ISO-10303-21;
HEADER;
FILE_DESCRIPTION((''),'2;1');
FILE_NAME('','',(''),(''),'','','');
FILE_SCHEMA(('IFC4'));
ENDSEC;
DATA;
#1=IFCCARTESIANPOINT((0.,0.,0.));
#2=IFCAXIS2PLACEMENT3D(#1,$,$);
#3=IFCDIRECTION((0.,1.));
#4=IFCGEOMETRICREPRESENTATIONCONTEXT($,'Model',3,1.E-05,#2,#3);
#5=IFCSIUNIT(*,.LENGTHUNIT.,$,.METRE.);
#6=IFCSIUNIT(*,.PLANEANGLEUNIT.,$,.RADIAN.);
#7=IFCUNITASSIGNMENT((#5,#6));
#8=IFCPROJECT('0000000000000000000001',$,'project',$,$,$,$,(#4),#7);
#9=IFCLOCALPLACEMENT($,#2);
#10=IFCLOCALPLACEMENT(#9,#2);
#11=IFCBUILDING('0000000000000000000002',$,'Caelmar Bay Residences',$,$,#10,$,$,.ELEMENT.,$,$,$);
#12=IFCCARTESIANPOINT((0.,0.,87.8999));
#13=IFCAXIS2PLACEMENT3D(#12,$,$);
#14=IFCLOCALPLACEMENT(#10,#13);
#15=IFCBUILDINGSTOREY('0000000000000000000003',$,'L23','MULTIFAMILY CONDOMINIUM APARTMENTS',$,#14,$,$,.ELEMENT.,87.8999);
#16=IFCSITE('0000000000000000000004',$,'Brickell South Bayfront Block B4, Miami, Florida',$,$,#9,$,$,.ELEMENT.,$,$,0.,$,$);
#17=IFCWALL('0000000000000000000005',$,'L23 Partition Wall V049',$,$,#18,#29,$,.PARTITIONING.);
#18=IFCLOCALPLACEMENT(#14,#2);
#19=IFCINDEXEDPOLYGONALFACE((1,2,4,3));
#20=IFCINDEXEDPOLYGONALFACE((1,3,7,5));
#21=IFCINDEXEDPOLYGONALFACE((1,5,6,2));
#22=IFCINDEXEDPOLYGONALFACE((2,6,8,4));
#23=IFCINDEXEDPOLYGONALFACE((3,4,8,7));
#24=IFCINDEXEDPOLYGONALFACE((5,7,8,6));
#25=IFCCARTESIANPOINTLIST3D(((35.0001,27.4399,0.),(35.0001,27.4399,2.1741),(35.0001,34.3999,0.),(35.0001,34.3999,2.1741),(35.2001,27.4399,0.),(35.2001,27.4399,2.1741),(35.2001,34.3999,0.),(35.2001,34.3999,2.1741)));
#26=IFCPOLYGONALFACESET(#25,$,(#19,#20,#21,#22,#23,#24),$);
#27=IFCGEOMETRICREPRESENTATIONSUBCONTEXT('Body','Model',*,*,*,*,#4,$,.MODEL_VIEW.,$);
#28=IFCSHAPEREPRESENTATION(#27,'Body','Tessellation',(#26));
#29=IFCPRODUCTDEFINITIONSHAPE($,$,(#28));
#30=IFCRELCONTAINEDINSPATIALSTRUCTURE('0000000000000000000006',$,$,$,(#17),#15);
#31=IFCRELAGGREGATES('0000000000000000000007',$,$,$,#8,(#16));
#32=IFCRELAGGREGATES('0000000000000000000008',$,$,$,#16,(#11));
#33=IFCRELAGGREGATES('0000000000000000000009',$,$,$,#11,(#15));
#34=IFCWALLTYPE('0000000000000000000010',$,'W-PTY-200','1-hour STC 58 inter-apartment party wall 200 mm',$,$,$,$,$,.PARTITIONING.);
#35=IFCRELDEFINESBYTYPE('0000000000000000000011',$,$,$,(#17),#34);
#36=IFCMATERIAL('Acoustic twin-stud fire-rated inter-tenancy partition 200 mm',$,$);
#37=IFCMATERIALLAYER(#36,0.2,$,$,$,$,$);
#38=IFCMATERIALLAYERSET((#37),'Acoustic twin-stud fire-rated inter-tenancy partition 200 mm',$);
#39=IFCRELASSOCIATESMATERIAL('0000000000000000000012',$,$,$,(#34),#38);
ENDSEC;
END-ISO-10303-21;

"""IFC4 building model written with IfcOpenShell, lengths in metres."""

from ifc_helpers import new_model, si_unit, direction, frame, frame_2d, origin, place, context, subcontext, project, spatial, rectangle, extrude, material, layer, layer_set, type_object, element, save


model = new_model("IFC4")

# Units and contexts
model_context = context("Model", 3, precision=1e-05, world=origin(), true_north=direction((0.0, 1.0)))
body_context = subcontext(model_context, "Body", "Model", "MODEL_VIEW")
ifc_project = project(units=[si_unit("LENGTHUNIT", "METRE"), si_unit("PLANEANGLEUNIT", "RADIAN")], contexts=[model_context])

# Site, building, storey
site_placement = place(None, origin())
site = spatial("IfcSite", under=ifc_project, at=site_placement, Name="Brickell South Bayfront Block B4, Miami, Florida", CompositionType="ELEMENT", RefElevation=0.0)
building_placement = place(site_placement, origin())
building = spatial("IfcBuilding", under=site, at=building_placement, Name="Caelmar Bay Residences", CompositionType="ELEMENT")
storey_placement = place(building_placement, frame((0.0, 0.0, 87.8999)))
storey = spatial("IfcBuildingStorey", under=building, at=storey_placement, Name="L23", Description="MULTIFAMILY CONDOMINIUM APARTMENTS", CompositionType="ELEMENT", Elevation=87.8999)

# Wall
ifc_material_1 = material(Name="Acoustic twin-stud fire-rated inter-tenancy partition 200 mm")
ifc_layer_1 = layer(ifc_material_1, 0.2)
ifc_layer_set_1 = layer_set([ifc_layer_1], Name="Acoustic twin-stud fire-rated inter-tenancy partition 200 mm")
wall_type_1 = type_object("IfcWallType", Name="W-PTY-200", Description="1-hour STC 58 inter-apartment party wall 200 mm", PredefinedType="PARTITIONING", material=ifc_layer_set_1)
wall_1_placement = place(storey_placement, frame((35.1001, 27.4399, 0.0), z_axis=(0.0, 0.0, 1.0), x_axis=(0.0, 1.0, 0.0)))
element("IfcWall", 1, at=wall_1_placement, inside=storey, type_object=wall_type_1, Name="L23 Partition Wall V049", PredefinedType="PARTITIONING", context=body_context, shape_type="SweptSolid", body=[
    extrude(rectangle(XDim=6.96, YDim=0.2, at=frame_2d((3.48, 0.0))), origin(), (0.0, 0.0, 1.0), 2.1741),
])

save(model, "model.ifc")
